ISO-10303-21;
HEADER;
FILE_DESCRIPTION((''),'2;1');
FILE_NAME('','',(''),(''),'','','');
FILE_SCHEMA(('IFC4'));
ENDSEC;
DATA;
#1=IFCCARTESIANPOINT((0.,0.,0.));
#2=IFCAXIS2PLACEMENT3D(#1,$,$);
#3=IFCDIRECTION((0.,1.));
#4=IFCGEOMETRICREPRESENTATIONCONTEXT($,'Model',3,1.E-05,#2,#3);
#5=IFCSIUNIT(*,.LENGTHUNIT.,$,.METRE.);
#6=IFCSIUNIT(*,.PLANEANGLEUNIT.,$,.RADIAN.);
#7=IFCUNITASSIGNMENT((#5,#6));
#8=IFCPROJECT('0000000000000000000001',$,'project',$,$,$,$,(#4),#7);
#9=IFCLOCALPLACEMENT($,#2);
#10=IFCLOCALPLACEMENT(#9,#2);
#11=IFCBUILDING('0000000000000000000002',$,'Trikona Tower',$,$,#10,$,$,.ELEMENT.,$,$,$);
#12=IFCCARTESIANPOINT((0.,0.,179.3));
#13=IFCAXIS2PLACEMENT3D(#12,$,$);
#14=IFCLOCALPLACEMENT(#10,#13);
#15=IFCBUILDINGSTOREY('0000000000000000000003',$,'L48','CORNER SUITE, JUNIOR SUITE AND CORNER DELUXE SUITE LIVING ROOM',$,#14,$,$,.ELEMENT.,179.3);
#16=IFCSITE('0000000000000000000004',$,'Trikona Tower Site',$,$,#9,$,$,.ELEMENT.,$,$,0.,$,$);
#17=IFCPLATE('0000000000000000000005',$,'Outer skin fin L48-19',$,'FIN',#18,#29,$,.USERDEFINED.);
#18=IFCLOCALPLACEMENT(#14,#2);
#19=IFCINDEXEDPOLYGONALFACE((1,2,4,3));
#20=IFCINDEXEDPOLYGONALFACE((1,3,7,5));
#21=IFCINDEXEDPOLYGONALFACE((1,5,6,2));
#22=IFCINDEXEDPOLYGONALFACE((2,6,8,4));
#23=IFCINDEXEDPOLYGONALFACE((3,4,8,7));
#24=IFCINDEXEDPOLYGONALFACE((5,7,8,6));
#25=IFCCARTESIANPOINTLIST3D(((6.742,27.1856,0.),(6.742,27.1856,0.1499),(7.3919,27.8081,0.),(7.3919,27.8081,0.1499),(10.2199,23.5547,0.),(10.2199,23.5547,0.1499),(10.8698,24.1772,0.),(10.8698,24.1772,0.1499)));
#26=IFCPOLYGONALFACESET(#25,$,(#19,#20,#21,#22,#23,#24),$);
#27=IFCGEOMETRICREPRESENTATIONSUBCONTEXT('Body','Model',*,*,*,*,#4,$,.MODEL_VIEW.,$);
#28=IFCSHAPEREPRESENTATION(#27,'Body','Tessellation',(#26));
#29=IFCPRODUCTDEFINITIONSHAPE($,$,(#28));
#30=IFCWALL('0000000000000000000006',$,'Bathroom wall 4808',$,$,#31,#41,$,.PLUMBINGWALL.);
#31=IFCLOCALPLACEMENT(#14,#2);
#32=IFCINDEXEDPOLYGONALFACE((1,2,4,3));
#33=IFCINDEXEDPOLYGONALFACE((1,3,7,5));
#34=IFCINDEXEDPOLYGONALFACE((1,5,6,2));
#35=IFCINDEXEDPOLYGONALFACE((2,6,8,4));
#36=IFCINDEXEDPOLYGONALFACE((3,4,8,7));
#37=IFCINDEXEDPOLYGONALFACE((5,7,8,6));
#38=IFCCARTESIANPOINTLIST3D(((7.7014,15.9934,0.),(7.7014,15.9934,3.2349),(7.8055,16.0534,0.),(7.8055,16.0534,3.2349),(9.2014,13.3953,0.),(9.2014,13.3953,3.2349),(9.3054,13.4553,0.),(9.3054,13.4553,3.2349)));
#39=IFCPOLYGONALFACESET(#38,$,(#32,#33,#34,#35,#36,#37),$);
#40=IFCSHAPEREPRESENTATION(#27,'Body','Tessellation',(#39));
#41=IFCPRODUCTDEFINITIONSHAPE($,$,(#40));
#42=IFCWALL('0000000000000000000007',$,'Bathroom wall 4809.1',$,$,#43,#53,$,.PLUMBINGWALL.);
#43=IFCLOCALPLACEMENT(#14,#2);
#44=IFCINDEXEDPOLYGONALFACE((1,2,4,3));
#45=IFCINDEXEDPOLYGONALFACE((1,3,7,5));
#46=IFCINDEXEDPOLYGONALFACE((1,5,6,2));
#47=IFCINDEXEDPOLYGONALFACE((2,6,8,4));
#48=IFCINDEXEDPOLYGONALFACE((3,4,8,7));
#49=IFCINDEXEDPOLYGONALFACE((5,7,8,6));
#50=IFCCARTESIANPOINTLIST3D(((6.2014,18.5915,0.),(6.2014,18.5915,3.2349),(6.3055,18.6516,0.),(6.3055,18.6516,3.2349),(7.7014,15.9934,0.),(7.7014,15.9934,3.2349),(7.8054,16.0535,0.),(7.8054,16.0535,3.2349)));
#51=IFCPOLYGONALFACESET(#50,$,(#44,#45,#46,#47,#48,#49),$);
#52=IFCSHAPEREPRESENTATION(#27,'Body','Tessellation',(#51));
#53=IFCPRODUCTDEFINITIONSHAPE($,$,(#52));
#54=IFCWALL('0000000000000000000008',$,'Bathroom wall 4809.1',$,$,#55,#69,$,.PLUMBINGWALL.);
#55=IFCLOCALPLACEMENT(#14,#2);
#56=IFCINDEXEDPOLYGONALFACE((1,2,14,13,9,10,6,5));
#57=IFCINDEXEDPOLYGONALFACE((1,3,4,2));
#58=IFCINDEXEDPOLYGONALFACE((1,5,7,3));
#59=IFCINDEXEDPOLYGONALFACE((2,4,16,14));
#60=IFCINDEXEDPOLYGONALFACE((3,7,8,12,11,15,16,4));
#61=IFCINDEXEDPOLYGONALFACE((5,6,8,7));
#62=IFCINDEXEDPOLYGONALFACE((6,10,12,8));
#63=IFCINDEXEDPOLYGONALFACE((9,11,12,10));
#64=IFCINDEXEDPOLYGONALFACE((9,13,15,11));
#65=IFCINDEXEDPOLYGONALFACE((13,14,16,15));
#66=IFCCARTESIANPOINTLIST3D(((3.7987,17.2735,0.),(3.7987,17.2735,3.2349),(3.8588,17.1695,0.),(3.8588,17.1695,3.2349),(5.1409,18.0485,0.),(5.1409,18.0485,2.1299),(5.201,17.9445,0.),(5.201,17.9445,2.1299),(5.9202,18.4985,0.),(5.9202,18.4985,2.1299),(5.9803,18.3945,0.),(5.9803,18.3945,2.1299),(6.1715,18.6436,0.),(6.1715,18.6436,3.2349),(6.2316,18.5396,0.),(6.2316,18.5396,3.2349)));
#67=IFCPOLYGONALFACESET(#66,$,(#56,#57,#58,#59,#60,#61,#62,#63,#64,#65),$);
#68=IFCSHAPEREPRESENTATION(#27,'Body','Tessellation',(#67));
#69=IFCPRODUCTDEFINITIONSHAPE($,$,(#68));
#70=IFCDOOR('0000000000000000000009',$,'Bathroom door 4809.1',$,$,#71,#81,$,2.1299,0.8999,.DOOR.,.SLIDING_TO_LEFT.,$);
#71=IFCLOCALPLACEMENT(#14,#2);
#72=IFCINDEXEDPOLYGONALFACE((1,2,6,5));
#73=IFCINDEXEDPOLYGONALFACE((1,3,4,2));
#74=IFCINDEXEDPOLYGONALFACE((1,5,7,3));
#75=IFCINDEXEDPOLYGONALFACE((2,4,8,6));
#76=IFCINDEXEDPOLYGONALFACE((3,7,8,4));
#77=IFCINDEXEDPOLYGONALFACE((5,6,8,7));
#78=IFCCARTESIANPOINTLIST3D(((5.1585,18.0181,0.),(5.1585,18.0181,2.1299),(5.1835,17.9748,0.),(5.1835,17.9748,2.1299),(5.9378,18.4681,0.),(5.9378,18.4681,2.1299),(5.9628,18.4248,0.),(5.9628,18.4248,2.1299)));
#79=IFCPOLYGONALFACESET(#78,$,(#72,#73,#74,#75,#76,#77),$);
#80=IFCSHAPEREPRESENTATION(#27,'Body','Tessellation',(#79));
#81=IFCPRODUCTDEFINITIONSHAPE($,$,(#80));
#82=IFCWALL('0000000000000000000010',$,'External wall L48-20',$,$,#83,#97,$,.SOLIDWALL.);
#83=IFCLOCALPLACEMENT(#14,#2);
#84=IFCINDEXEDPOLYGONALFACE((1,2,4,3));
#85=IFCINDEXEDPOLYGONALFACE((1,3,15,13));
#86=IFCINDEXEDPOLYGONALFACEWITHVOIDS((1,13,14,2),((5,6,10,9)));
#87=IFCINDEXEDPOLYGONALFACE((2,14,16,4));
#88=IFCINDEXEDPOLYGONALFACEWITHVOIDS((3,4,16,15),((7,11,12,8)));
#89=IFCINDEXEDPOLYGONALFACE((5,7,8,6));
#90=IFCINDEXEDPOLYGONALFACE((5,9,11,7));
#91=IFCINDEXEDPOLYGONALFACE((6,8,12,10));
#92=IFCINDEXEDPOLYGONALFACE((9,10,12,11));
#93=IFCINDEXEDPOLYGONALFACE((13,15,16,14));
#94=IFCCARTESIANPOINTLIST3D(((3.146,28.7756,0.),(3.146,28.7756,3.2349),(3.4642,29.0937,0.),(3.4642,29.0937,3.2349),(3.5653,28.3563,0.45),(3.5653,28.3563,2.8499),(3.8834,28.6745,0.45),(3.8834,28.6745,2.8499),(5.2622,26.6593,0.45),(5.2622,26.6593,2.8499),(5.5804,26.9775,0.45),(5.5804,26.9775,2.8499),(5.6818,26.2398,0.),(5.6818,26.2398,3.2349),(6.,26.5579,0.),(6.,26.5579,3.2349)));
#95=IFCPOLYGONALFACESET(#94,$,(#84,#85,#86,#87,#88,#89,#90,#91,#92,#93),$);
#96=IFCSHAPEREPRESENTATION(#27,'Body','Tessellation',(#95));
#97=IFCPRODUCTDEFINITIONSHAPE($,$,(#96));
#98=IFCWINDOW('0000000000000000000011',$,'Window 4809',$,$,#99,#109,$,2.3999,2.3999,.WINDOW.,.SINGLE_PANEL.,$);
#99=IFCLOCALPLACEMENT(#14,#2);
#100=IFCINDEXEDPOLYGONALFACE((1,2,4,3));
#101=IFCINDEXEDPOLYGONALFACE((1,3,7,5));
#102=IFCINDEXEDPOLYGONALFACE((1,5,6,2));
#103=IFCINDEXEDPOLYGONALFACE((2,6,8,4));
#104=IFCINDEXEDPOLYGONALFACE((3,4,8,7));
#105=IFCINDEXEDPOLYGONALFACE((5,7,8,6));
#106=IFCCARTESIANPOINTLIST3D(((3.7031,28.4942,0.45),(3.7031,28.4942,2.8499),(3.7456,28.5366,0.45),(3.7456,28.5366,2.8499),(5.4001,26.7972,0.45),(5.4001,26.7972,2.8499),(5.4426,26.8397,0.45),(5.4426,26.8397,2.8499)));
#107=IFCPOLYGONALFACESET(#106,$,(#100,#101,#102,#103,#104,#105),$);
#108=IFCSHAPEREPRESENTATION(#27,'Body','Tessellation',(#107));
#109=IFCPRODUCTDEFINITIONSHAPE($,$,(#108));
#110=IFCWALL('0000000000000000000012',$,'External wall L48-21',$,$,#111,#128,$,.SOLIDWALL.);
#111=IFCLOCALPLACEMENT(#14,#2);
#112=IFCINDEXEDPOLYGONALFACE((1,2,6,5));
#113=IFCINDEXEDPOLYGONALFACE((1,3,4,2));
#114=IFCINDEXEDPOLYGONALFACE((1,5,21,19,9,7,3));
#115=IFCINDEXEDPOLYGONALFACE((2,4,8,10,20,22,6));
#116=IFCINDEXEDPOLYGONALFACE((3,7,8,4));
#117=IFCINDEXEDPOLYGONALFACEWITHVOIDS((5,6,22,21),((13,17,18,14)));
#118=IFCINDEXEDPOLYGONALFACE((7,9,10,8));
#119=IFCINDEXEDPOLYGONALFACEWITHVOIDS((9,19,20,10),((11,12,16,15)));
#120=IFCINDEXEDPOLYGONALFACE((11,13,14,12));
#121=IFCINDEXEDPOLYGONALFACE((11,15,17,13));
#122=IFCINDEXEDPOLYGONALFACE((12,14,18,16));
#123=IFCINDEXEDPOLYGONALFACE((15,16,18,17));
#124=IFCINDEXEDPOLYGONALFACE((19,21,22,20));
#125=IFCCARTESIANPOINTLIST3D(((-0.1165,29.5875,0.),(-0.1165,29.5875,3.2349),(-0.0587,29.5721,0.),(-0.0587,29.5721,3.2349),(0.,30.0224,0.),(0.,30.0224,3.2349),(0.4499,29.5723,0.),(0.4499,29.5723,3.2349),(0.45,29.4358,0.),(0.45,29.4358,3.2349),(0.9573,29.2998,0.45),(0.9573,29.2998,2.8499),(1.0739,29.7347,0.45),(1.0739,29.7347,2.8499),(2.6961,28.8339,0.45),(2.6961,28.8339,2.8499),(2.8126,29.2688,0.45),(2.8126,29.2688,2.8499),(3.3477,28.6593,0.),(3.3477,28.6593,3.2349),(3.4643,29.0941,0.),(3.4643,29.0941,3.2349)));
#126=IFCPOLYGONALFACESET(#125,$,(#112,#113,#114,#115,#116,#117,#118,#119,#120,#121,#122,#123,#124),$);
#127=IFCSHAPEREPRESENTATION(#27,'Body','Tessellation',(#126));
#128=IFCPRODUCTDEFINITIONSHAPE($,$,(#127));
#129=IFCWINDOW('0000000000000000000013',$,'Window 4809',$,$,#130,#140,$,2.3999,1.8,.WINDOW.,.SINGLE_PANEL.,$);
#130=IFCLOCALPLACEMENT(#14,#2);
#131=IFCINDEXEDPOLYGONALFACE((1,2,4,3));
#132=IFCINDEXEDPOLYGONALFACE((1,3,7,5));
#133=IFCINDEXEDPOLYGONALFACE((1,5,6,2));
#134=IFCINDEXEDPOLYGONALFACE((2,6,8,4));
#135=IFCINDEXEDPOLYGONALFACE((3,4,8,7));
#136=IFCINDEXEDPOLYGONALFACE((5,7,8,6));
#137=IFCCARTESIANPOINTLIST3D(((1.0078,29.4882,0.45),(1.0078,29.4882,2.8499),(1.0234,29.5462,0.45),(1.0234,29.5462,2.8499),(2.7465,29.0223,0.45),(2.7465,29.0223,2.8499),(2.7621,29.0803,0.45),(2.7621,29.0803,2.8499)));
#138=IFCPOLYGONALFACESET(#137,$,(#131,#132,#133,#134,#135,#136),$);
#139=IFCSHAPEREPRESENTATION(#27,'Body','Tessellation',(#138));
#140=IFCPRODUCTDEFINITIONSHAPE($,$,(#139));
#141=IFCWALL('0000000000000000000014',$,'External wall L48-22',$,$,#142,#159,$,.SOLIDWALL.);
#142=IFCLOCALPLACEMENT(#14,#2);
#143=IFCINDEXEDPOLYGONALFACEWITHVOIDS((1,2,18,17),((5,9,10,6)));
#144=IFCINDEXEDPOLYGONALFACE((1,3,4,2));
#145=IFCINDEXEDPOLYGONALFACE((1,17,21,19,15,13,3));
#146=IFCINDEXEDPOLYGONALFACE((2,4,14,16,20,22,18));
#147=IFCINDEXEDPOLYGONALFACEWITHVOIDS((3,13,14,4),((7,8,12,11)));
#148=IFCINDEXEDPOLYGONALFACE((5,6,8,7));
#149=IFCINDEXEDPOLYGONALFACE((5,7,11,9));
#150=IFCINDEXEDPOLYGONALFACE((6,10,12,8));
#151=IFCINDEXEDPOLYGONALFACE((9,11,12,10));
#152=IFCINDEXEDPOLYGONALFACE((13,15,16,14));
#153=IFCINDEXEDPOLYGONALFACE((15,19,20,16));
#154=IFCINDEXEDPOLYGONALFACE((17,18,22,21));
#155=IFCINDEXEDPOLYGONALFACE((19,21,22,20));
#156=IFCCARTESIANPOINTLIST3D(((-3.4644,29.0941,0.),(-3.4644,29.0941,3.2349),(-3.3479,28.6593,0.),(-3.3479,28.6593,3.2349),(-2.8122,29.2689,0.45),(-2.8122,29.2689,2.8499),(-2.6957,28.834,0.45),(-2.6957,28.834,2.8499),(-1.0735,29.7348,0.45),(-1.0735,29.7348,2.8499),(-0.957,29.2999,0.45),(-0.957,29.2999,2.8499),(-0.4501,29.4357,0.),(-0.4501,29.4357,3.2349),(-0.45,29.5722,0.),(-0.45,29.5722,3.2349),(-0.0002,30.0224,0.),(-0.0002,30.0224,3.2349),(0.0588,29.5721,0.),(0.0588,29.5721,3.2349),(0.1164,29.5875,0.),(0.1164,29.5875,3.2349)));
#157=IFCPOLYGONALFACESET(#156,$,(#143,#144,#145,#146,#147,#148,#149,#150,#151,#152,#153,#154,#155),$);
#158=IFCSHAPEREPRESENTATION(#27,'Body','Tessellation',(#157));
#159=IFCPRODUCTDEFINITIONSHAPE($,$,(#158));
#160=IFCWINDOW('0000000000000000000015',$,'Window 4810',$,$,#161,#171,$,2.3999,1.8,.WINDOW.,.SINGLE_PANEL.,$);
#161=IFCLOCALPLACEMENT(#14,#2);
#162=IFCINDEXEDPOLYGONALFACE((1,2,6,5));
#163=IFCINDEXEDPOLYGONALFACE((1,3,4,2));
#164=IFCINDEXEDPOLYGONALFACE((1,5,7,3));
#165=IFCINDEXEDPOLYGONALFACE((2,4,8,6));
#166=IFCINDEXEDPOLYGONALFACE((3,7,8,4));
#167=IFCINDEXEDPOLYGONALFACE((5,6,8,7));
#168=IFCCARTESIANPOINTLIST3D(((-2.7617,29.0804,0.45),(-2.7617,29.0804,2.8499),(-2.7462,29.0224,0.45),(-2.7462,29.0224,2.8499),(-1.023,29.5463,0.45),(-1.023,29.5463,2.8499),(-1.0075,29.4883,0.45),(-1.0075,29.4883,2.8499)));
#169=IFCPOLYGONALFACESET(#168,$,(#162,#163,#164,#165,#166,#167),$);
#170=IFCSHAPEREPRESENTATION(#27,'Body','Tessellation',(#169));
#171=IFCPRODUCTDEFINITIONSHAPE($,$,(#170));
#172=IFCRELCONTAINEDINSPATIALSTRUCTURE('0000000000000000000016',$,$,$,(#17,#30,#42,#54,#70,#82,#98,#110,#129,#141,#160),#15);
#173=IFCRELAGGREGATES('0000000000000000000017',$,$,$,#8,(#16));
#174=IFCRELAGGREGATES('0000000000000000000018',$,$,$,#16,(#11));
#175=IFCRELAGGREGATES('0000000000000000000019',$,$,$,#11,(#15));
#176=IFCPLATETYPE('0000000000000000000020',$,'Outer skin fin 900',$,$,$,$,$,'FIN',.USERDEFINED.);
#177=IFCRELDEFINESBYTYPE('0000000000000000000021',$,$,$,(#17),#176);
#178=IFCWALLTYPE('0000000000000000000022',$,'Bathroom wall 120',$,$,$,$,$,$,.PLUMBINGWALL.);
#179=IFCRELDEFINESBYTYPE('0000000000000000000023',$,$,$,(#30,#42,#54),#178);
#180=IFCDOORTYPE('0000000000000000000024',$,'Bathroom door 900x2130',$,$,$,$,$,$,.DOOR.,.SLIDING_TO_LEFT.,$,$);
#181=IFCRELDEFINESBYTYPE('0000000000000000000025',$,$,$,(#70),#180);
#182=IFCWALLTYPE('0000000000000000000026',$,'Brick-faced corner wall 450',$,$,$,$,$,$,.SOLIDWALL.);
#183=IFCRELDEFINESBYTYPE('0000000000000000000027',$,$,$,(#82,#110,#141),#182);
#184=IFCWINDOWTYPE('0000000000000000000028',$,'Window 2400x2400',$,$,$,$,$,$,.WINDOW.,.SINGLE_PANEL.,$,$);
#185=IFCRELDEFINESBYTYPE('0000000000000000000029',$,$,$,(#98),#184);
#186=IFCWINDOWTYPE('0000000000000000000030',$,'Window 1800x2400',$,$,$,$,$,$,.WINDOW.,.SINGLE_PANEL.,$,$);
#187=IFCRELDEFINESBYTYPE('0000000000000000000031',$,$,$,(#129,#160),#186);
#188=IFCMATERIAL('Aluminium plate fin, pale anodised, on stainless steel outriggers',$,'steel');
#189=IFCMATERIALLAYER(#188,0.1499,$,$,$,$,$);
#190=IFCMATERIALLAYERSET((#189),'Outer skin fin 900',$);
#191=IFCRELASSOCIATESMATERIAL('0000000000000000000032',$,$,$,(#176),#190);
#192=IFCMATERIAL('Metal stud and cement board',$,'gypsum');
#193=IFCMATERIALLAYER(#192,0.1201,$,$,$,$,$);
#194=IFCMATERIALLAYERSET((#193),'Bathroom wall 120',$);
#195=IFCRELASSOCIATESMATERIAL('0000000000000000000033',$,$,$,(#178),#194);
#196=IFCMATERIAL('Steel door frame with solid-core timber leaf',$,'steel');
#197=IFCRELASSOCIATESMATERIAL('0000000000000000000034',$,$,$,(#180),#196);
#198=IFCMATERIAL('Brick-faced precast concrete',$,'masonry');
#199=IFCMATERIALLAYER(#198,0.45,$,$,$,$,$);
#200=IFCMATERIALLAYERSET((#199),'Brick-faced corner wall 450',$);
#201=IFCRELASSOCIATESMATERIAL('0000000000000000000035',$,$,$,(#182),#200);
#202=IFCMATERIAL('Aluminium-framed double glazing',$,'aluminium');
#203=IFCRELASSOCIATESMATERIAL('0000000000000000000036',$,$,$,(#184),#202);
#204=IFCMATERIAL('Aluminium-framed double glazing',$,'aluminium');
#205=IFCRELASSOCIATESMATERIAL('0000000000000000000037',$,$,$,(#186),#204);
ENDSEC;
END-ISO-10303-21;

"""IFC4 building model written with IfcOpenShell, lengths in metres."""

from ifc_helpers import new_model, si_unit, direction, frame, frame_2d, origin, origin_2d, place, context, subcontext, project, spatial, polyline, rectangle, outline, extrude, material, layer, layer_set, type_object, element, fill, save


model = new_model("IFC4")

# Units and contexts
model_context = context("Model", 3, precision=1e-05, world=origin(), true_north=direction((0.0, 1.0)))
body_context = subcontext(model_context, "Body", "Model", "MODEL_VIEW")
ifc_project = project(units=[si_unit("LENGTHUNIT", "METRE"), si_unit("PLANEANGLEUNIT", "RADIAN")], contexts=[model_context])

# Site, building, storey
site_placement = place(None, origin())
site = spatial("IfcSite", under=ifc_project, at=site_placement, Name="Trikona Tower Site", CompositionType="ELEMENT", RefElevation=0.0)
building_placement = place(site_placement, origin())
building = spatial("IfcBuilding", under=site, at=building_placement, Name="Trikona Tower", CompositionType="ELEMENT")
storey_placement = place(building_placement, frame((0.0, 0.0, 179.3)))
storey = spatial("IfcBuildingStorey", under=building, at=storey_placement, Name="L48", Description="CORNER SUITE, JUNIOR SUITE AND CORNER DELUXE SUITE LIVING ROOM", CompositionType="ELEMENT", Elevation=179.3)

# Plate
ifc_material_1 = material(Name="Aluminium plate fin, pale anodised, on stainless steel outriggers", Category="steel")
ifc_layer_1 = layer(ifc_material_1, 0.1499)
ifc_layer_set_1 = layer_set([ifc_layer_1], Name="Outer skin fin 900")
plate_type_1 = type_object("IfcPlateType", Name="Outer skin fin 900", ElementType="FIN", PredefinedType="USERDEFINED", material=ifc_layer_set_1)
plate_1_placement = place(storey_placement, frame((8.8059, 25.6814, 0.0), z_axis=(0.0, 0.0, 1.0), x_axis=(-0.691724, 0.722162, 0.0)))
element("IfcPlate", 1, at=plate_1_placement, inside=storey, type_object=plate_type_1, Name="Outer skin fin L48-19", ObjectType="FIN", PredefinedType="USERDEFINED", context=body_context, shape_type="SweptSolid", body=[
    extrude(rectangle(XDim=5.0278, YDim=0.8999, at=origin_2d()), origin(), (0.0, 0.0, 1.0), 0.1499),
])

# Walls
ifc_material_2 = material(Name="Metal stud and cement board", Category="gypsum")
ifc_layer_2 = layer(ifc_material_2, 0.1201)
ifc_layer_set_2 = layer_set([ifc_layer_2], Name="Bathroom wall 120")
wall_type_1 = type_object("IfcWallType", Name="Bathroom wall 120", PredefinedType="PLUMBINGWALL", material=ifc_layer_set_2)
for number, where, z_axis, x_axis, name in (
    (2, (9.2534, 13.4253, 0.0), (0.0, 0.0, 1.0), (-0.49999, 0.866031, 0.0), "Bathroom wall 4808"),
    (3, (7.7534, 16.0234, 0.0), (0.0, 0.0, 1.0), (-0.49999, 0.866031, 0.0), "Bathroom wall 4809.1"),
):
    element("IfcWall", number, at=place(storey_placement, frame(where, z_axis=z_axis, x_axis=x_axis)), inside=storey, type_object=wall_type_1, Name=name, PredefinedType="PLUMBINGWALL", context=body_context, shape_type="SweptSolid", body=[
        extrude(rectangle(XDim=3.0, YDim=0.1201, at=frame_2d((1.5, 0.0))), origin(), (0.0, 0.0, 1.0), 3.2349),
    ])

# Wall, opening, door
wall_1_placement = place(storey_placement, frame((3.8286, 17.2214, 0.0), z_axis=(0.0, 0.0, 1.0), x_axis=(0.865997, 0.500049, 0.0)))
wall_1 = element("IfcWall", 4, at=wall_1_placement, inside=storey, type_object=wall_type_1, Name="Bathroom wall 4809.1", PredefinedType="PLUMBINGWALL", context=body_context, shape_type="SweptSolid", body=[
    extrude(rectangle(XDim=2.74, YDim=0.1201, at=frame_2d((1.3701, 0.0))), origin(), (0.0, 0.0, 1.0), 3.2349),
])
opening_1_placement = place(wall_1_placement, frame((1.55, 0.0, 0.0)))
opening_1 = element("IfcOpeningElement", 5, at=opening_1_placement, cuts=wall_1, PredefinedType="OPENING", context=body_context, shape_type="SweptSolid", body=[
    extrude(rectangle(XDim=0.8999, YDim=2.1299, at=frame_2d((0.45, 1.0649))), frame((0.0, 0.0701, 0.0), z_axis=(0.0, -1.0, 0.0), x_axis=(1.0, 0.0, 0.0)), (0.0, 0.0, 1.0), 0.1401),
])
ifc_material_3 = material(Name="Steel door frame with solid-core timber leaf", Category="steel")
door_type_1 = type_object("IfcDoorType", Name="Bathroom door 900x2130", OperationType="SLIDING_TO_LEFT", PredefinedType="DOOR", material=ifc_material_3)
door_1_placement = place(opening_1_placement, origin())
door_1 = element("IfcDoor", 6, at=door_1_placement, inside=storey, type_object=door_type_1, Name="Bathroom door 4809.1", OperationType="SLIDING_TO_LEFT", OverallHeight=2.1299, OverallWidth=0.8999, PredefinedType="DOOR", context=body_context, shape_type="SweptSolid", body=[
    extrude(rectangle(XDim=0.8999, YDim=2.1299, at=frame_2d((0.45, 1.0649))), frame((0.0, 0.0249, 0.0), z_axis=(0.0, -1.0, 0.0), x_axis=(1.0, 0.0, 0.0)), (0.0, 0.0, 1.0), 0.05),
])
fill(opening_1, door_1)

# Walls, openings, windows
ifc_material_4 = material(Name="Brick-faced precast concrete", Category="masonry")
ifc_layer_3 = layer(ifc_material_4, 0.45)
ifc_layer_set_3 = layer_set([ifc_layer_3], Name="Brick-faced corner wall 450")
wall_type_2 = type_object("IfcWallType", Name="Brick-faced corner wall 450", PredefinedType="SOLIDWALL", material=ifc_layer_set_3)
wall_2_placement = place(storey_placement, frame((5.8408, 26.3989, 0.0), z_axis=(0.0, 0.0, 1.0), x_axis=(-0.707107, 0.707107, 0.0)))
wall_2 = element("IfcWall", 7, at=wall_2_placement, inside=storey, type_object=wall_type_2, Name="External wall L48-20", PredefinedType="SOLIDWALL", context=body_context, shape_type="SweptSolid", body=[
    extrude(rectangle(XDim=3.5862, YDim=0.45, at=frame_2d((1.793, 0.0))), origin(), (0.0, 0.0, 1.0), 3.2349),
])
opening_2_placement = place(wall_2_placement, frame((0.5933, 0.0, 0.45)))
opening_2 = element("IfcOpeningElement", 8, at=opening_2_placement, cuts=wall_2, PredefinedType="OPENING", context=body_context, shape_type="SweptSolid", body=[
    extrude(rectangle(XDim=2.3999, YDim=2.3999, at=frame_2d((1.2, 1.2))), frame((0.0, 0.2349, 0.0), z_axis=(0.0, -1.0, 0.0), x_axis=(1.0, 0.0, 0.0)), (0.0, 0.0, 1.0), 0.47),
])
ifc_material_5 = material(Name="Aluminium-framed double glazing", Category="aluminium")
window_type_1 = type_object("IfcWindowType", Name="Window 2400x2400", PartitioningType="SINGLE_PANEL", PredefinedType="WINDOW", material=ifc_material_5)
window_1_placement = place(opening_2_placement, origin())
window_1 = element("IfcWindow", 9, at=window_1_placement, inside=storey, type_object=window_type_1, Name="Window 4809", OverallHeight=2.3999, OverallWidth=2.3999, PartitioningType="SINGLE_PANEL", PredefinedType="WINDOW", context=body_context, shape_type="SweptSolid", body=[
    extrude(rectangle(XDim=2.3999, YDim=2.3999, at=frame_2d((1.2, 1.2))), frame((0.0, 0.03, 0.0), z_axis=(0.0, -1.0, 0.0), x_axis=(1.0, 0.0, 0.0)), (0.0, 0.0, 1.0), 0.0601),
])
fill(opening_2, window_1)
wall_3_placement = place(storey_placement, frame((3.406, 28.8767, 0.0), z_axis=(0.0, 0.0, 1.0), x_axis=(-0.965925, 0.258823, 0.0)))
wall_3 = element("IfcWall", 10, at=wall_3_placement, inside=storey, type_object=wall_type_2, Name="External wall L48-21", PredefinedType="SOLIDWALL", context=body_context, shape_type="SweptSolid", body=[
    extrude(outline(polyline([(3.5864, 0.2251), (3.5266, 0.2251), (3.0354, 0.0933), (3.0, 0.2251), (0.0, 0.2251), (0.0, -0.2251), (3.5864, -0.2251), (3.5864, 0.2251)])), origin(), (0.0, 0.0, 1.0), 3.2349),
])
opening_3_placement = place(wall_3_placement, frame((0.6748, 0.0, 0.45)))
opening_3 = element("IfcOpeningElement", 11, at=opening_3_placement, cuts=wall_3, PredefinedType="OPENING", context=body_context, shape_type="SweptSolid", body=[
    extrude(rectangle(XDim=1.8, YDim=2.3999, at=frame_2d((0.8999, 1.2))), frame((0.0, 0.2349, 0.0), z_axis=(0.0, -1.0, 0.0), x_axis=(1.0, 0.0, 0.0)), (0.0, 0.0, 1.0), 0.47),
])
ifc_material_6 = material(Name="Aluminium-framed double glazing", Category="aluminium")
window_type_2 = type_object("IfcWindowType", Name="Window 1800x2400", PartitioningType="SINGLE_PANEL", PredefinedType="WINDOW", material=ifc_material_6)
window_2_placement = place(opening_3_placement, origin())
window_2 = element("IfcWindow", 12, at=window_2_placement, inside=storey, type_object=window_type_2, Name="Window 4809", OverallHeight=2.3999, OverallWidth=1.8, PartitioningType="SINGLE_PANEL", PredefinedType="WINDOW", context=body_context, shape_type="SweptSolid", body=[
    extrude(rectangle(XDim=1.8, YDim=2.3999, at=frame_2d((0.8999, 1.2))), frame((0.0, 0.03, 0.0), z_axis=(0.0, -1.0, 0.0), x_axis=(1.0, 0.0, 0.0)), (0.0, 0.0, 1.0), 0.0601),
])
fill(opening_3, window_2)
wall_4_placement = place(storey_placement, frame((0.0581, 29.8049, 0.0), z_axis=(0.0, 0.0, 1.0), x_axis=(-0.965925, -0.258823, 0.0)))
wall_4 = element("IfcWall", 13, at=wall_4_placement, inside=storey, type_object=wall_type_2, Name="External wall L48-22", PredefinedType="SOLIDWALL", context=body_context, shape_type="SweptSolid", body=[
    extrude(outline(polyline([(3.5864, 0.2251), (0.5864, 0.2251), (0.551, 0.0933), (0.0596, 0.2251), (0.0, 0.2251), (0.0, -0.2251), (3.5864, -0.2251), (3.5864, 0.2251)])), origin(), (0.0, 0.0, 1.0), 3.2349),
])
opening_4_placement = place(wall_4_placement, frame((1.1113, 0.0, 0.45)))
opening_4 = element("IfcOpeningElement", 14, at=opening_4_placement, cuts=wall_4, PredefinedType="OPENING", context=body_context, shape_type="SweptSolid", body=[
    extrude(rectangle(XDim=1.8, YDim=2.3999, at=frame_2d((0.8999, 1.2))), frame((0.0, 0.2349, 0.0), z_axis=(0.0, -1.0, 0.0), x_axis=(1.0, 0.0, 0.0)), (0.0, 0.0, 1.0), 0.47),
])
window_3_placement = place(opening_4_placement, origin())
window_3 = element("IfcWindow", 15, at=window_3_placement, inside=storey, type_object=window_type_2, Name="Window 4810", OverallHeight=2.3999, OverallWidth=1.8, PartitioningType="SINGLE_PANEL", PredefinedType="WINDOW", context=body_context, shape_type="SweptSolid", body=[
    extrude(rectangle(XDim=1.8, YDim=2.3999, at=frame_2d((0.8999, 1.2))), frame((0.0, 0.03, 0.0), z_axis=(0.0, -1.0, 0.0), x_axis=(1.0, 0.0, 0.0)), (0.0, 0.0, 1.0), 0.0601),
])
fill(opening_4, window_3)

save(model, "model.ifc")
